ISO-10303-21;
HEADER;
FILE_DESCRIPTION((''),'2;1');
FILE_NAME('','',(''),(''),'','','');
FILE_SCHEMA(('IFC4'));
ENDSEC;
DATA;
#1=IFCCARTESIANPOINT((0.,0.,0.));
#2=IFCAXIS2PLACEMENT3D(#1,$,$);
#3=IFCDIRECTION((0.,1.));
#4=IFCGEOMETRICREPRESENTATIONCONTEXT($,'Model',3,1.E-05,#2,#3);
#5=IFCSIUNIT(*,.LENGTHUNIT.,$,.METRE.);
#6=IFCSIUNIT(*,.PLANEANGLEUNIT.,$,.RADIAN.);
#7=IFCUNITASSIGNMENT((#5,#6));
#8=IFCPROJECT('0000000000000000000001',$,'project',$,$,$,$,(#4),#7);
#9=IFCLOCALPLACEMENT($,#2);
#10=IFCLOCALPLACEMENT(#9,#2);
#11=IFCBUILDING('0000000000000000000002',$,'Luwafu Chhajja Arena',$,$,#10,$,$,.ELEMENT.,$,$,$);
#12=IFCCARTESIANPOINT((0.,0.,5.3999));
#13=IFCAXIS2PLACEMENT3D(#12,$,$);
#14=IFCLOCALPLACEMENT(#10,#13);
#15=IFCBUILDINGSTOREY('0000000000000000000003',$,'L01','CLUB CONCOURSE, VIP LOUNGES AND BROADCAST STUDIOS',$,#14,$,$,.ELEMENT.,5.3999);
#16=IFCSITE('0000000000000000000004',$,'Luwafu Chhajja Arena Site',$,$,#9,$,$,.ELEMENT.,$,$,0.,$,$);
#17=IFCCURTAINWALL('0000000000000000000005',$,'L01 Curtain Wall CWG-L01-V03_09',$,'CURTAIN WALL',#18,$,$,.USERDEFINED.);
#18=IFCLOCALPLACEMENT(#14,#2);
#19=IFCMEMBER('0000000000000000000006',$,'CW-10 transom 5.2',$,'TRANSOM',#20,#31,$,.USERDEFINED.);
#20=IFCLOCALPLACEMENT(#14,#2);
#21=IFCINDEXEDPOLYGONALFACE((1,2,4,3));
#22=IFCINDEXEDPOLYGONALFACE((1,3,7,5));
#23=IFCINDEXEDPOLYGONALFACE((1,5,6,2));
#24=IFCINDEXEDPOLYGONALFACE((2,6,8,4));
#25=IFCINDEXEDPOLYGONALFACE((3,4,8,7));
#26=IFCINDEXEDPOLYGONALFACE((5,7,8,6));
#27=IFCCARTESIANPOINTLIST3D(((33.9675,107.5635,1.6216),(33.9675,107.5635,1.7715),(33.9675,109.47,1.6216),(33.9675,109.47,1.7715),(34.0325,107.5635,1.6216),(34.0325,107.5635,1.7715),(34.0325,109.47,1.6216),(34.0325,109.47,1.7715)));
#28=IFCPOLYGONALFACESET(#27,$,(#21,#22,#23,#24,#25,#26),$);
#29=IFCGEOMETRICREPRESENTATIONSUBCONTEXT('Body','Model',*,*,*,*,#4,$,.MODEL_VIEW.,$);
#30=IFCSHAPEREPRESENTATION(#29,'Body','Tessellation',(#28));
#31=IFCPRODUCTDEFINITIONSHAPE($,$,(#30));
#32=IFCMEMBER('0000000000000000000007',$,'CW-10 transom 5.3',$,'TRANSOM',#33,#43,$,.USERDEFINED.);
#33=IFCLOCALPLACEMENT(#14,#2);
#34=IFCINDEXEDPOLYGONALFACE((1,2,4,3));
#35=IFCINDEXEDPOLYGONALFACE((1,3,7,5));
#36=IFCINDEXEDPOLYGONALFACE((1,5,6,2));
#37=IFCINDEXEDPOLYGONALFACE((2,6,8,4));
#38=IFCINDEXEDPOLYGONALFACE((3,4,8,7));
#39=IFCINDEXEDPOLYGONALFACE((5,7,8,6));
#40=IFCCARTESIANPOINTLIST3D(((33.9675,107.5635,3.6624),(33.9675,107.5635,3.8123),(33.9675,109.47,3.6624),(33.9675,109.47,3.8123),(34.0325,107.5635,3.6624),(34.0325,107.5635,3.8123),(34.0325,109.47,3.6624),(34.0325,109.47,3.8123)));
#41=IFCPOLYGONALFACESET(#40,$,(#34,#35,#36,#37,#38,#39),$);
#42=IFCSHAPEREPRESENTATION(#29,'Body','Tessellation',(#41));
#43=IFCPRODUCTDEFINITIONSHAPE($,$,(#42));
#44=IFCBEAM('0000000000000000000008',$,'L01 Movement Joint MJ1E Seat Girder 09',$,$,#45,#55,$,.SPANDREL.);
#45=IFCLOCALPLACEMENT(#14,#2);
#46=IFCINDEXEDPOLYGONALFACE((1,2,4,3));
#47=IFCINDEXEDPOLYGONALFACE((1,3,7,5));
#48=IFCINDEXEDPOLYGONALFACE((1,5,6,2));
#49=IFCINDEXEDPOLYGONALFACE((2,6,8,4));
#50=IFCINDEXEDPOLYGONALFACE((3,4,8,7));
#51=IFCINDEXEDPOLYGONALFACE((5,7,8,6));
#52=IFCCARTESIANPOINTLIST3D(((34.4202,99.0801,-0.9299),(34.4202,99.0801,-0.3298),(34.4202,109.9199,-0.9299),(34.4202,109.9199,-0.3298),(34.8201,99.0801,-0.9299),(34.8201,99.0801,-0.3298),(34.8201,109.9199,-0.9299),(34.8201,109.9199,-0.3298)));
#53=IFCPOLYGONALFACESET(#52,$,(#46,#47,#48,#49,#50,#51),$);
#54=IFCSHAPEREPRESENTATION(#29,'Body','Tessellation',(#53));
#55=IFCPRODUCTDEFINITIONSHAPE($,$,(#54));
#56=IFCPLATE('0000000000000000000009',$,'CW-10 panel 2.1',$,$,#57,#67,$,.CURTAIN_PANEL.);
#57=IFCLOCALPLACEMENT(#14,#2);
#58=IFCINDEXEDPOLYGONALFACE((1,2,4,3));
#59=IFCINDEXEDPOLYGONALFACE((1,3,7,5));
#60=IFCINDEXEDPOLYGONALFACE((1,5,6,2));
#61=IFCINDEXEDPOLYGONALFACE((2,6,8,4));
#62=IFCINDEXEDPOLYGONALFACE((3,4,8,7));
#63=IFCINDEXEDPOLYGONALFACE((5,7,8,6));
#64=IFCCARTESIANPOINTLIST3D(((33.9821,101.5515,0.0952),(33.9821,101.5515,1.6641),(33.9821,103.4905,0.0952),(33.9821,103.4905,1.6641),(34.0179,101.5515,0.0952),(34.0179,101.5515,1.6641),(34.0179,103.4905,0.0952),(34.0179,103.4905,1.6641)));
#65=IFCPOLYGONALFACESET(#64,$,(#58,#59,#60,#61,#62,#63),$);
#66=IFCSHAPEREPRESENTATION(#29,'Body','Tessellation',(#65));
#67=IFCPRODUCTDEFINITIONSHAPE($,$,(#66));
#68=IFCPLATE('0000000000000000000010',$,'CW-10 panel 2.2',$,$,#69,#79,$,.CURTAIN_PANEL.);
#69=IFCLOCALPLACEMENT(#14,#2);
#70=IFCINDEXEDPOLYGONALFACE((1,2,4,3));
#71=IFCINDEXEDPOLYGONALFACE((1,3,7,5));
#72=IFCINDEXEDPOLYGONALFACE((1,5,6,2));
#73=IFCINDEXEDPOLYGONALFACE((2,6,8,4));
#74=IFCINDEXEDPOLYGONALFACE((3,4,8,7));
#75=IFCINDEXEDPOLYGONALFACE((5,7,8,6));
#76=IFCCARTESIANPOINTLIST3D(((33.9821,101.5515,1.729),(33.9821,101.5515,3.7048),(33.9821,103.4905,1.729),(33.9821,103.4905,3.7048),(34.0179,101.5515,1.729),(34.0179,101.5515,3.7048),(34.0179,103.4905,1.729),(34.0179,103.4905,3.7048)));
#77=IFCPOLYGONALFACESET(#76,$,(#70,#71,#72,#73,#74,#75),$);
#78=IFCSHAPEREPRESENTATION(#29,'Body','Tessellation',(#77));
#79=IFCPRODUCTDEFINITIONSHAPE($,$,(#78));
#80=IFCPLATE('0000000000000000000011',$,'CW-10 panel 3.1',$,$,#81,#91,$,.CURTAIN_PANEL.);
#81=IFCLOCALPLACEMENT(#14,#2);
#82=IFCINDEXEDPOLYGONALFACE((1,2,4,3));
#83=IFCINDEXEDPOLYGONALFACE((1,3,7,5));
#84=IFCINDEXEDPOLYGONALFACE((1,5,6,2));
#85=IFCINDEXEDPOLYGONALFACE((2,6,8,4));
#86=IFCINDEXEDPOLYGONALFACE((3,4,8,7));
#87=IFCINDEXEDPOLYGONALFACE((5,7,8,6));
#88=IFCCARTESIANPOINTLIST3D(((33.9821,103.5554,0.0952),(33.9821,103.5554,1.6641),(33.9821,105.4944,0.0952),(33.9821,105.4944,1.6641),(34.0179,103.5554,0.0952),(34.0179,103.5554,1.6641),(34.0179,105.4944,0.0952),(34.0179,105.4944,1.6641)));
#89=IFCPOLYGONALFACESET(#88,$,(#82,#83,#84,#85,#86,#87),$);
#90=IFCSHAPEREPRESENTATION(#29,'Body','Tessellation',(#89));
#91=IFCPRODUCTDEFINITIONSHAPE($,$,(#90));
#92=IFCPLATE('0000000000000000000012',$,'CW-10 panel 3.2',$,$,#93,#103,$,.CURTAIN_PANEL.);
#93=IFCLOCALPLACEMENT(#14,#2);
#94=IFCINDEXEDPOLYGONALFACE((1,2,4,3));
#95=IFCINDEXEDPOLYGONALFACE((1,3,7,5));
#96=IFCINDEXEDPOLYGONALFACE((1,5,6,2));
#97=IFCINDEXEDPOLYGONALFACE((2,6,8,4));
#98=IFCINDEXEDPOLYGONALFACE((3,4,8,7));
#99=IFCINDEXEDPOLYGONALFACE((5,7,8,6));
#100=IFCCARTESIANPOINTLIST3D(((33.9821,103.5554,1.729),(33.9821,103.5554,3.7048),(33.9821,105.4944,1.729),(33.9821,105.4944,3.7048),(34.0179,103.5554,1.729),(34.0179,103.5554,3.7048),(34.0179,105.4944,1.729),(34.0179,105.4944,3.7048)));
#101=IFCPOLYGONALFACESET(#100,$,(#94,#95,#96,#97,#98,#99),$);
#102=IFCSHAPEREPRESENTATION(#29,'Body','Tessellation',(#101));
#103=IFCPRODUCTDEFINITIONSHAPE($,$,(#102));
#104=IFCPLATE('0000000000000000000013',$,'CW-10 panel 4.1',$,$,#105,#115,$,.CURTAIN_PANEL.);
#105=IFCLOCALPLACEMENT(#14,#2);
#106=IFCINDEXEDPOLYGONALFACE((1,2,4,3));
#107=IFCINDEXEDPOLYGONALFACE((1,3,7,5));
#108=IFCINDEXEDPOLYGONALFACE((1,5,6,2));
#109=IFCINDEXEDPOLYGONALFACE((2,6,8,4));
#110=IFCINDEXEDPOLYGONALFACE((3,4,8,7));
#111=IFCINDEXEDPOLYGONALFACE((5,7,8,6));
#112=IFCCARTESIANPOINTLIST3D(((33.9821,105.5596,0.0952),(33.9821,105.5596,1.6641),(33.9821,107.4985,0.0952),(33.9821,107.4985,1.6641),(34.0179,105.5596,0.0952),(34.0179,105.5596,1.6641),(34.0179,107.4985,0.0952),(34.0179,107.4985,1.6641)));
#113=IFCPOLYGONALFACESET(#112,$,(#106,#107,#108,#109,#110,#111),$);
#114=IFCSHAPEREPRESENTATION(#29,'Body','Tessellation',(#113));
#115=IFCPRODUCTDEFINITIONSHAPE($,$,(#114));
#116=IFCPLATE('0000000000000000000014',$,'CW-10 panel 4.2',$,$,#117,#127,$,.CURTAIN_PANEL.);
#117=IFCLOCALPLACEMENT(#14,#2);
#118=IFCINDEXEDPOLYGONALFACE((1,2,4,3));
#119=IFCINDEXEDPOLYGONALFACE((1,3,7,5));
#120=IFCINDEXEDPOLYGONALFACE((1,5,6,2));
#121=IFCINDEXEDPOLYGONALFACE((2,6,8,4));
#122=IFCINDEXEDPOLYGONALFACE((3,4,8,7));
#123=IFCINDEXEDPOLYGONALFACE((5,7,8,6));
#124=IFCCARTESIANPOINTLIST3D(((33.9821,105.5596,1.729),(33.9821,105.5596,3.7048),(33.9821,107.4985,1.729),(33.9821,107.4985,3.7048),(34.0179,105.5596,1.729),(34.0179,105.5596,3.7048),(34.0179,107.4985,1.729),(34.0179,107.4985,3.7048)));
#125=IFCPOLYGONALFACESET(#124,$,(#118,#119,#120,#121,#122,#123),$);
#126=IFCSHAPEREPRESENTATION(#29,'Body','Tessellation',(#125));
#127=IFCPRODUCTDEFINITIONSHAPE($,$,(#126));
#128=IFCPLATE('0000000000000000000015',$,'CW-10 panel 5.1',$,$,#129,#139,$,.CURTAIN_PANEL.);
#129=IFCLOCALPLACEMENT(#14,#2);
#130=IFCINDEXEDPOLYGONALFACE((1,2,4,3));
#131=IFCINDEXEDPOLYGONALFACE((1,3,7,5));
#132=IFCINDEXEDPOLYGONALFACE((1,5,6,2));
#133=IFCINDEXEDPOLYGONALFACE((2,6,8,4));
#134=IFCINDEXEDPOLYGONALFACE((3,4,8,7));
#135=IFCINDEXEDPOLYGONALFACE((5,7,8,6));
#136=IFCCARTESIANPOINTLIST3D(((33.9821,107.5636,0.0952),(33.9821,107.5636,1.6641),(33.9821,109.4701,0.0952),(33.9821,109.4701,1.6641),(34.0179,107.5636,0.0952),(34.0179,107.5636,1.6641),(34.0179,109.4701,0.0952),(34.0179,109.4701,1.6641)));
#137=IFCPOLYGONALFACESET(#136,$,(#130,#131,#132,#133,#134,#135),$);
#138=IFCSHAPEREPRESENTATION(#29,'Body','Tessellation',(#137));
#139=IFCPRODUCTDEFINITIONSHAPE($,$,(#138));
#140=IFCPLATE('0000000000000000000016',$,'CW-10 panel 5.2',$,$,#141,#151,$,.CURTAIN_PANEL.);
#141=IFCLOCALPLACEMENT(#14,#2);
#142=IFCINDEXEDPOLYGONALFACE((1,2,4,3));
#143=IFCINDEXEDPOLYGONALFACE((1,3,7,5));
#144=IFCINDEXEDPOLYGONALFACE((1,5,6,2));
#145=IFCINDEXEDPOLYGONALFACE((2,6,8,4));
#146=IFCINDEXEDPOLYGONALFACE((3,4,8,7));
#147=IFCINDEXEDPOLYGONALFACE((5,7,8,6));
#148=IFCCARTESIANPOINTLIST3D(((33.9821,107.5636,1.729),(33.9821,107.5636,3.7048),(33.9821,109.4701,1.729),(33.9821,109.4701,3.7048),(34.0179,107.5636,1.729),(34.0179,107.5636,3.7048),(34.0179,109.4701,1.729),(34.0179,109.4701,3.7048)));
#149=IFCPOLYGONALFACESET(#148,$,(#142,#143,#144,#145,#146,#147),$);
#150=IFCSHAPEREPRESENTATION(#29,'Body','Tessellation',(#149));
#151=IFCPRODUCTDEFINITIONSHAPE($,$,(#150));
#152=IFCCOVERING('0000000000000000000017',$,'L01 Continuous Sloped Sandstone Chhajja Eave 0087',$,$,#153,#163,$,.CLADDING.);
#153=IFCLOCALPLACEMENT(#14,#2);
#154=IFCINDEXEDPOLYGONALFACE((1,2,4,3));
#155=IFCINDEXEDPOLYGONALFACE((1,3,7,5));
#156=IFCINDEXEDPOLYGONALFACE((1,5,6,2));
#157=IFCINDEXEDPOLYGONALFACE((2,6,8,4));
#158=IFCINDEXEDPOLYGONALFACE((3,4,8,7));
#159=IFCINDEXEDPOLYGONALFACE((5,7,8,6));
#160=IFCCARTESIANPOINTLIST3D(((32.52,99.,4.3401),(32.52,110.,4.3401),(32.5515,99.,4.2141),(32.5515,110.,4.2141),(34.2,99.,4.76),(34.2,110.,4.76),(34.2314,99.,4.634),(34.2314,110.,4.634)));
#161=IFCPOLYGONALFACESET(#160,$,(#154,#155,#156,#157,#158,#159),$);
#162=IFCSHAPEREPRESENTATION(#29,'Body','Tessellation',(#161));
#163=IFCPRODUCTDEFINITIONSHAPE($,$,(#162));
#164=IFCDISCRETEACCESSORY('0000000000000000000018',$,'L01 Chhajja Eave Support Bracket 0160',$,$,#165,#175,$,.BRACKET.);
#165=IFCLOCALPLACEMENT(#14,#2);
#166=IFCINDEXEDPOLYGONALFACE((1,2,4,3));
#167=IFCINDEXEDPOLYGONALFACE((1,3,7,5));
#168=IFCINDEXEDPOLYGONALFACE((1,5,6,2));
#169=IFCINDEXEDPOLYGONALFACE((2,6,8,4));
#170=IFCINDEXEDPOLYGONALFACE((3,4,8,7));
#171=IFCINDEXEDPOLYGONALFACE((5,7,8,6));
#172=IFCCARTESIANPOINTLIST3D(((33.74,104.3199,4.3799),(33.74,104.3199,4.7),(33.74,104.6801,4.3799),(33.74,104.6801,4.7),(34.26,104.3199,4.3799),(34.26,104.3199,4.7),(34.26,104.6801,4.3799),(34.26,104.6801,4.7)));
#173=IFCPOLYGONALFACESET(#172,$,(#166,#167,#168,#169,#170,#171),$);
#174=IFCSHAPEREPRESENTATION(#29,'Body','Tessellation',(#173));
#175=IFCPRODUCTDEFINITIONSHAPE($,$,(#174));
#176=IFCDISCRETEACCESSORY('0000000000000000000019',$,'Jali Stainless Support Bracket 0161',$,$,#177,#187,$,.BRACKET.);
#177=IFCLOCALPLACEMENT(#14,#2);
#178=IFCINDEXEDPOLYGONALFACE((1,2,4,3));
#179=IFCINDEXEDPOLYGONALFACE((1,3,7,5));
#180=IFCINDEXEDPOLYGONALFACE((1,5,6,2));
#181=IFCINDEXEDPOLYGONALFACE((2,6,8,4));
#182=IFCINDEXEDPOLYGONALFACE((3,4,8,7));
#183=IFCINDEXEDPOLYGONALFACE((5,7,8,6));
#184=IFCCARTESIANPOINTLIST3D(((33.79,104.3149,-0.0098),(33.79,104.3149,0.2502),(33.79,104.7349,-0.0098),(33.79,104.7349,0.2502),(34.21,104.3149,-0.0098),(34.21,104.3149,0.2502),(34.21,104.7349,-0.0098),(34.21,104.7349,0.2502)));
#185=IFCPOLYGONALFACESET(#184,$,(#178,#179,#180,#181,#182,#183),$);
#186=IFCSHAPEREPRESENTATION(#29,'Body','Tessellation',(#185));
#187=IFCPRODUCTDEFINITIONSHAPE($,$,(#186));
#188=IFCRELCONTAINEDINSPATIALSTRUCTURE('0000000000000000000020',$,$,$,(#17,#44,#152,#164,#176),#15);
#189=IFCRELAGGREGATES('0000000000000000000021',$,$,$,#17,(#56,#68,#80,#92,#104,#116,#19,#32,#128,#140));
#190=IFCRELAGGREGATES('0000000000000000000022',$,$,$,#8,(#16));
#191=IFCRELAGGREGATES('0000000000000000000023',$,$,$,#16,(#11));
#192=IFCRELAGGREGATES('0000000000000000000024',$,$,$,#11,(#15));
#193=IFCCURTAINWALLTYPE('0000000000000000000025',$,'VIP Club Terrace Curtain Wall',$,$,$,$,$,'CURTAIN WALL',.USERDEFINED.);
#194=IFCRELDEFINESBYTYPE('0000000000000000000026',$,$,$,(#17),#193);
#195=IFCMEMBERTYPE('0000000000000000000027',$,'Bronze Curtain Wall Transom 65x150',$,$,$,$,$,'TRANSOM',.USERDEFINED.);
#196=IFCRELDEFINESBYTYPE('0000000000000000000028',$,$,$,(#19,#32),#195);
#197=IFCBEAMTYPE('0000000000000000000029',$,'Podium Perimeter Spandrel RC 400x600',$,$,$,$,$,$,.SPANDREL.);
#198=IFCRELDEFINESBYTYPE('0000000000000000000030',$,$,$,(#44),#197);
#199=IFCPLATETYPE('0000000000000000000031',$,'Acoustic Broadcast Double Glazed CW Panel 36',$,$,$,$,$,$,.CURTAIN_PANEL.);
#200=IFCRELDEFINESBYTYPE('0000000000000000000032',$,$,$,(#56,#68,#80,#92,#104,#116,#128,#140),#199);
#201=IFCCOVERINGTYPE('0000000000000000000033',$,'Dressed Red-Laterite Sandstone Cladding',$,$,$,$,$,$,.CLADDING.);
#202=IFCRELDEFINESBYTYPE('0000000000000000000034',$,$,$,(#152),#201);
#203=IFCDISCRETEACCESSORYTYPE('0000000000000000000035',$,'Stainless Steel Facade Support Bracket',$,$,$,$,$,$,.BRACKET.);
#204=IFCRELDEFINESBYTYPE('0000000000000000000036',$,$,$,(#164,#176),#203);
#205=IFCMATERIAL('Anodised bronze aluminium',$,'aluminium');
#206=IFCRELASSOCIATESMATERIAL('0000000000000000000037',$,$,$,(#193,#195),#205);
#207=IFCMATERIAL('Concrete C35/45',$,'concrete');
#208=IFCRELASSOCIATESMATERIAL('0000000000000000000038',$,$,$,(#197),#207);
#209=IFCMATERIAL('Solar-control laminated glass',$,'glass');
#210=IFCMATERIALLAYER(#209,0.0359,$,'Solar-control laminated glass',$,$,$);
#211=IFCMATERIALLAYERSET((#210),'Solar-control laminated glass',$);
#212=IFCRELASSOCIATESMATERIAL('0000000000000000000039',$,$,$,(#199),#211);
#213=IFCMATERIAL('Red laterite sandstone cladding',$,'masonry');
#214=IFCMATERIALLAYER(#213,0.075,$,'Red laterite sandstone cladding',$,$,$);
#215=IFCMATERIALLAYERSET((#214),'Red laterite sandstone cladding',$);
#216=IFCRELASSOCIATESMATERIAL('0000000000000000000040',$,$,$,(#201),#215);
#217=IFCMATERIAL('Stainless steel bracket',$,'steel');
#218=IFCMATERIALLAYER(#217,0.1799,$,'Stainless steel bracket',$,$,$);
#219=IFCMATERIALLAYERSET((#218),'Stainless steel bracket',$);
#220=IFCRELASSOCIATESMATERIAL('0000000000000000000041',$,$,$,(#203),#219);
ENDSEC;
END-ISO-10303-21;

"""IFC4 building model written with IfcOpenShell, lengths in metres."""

from ifc_helpers import new_model, si_unit, direction, frame, origin, origin_2d, place, context, subcontext, project, spatial, polyline, rectangle, outline, extrude, material, layer, layer_set, material_profile, profile_set, type_object, element, aggregate, save


model = new_model("IFC4")

# Units and contexts
model_context = context("Model", 3, precision=1e-05, world=origin(), true_north=direction((0.0, 1.0)))
body_context = subcontext(model_context, "Body", "Model", "MODEL_VIEW")
ifc_project = project(units=[si_unit("LENGTHUNIT", "METRE"), si_unit("PLANEANGLEUNIT", "RADIAN")], contexts=[model_context])

# Site, building, storey
site_placement = place(None, origin())
site = spatial("IfcSite", under=ifc_project, at=site_placement, Name="Luwafu Chhajja Arena Site", CompositionType="ELEMENT", RefElevation=0.0)
building_placement = place(site_placement, origin())
building = spatial("IfcBuilding", under=site, at=building_placement, Name="Luwafu Chhajja Arena", CompositionType="ELEMENT")
storey_placement = place(building_placement, frame((0.0, 0.0, 5.3999)))
storey = spatial("IfcBuildingStorey", under=building, at=storey_placement, Name="L01", Description="CLUB CONCOURSE, VIP LOUNGES AND BROADCAST STUDIOS", CompositionType="ELEMENT", Elevation=5.3999)

# Curtain wall, members
ifc_material_1 = material(Name="Anodised bronze aluminium", Category="aluminium")
curtain_wall_type = type_object("IfcCurtainWallType", Name="VIP Club Terrace Curtain Wall", ElementType="CURTAIN WALL", PredefinedType="USERDEFINED", material=ifc_material_1)
curtain_wall_placement = place(storey_placement, origin())
curtain_wall = element("IfcCurtainWall", 1, at=curtain_wall_placement, inside=storey, type_object=curtain_wall_type, Name="L01 Curtain Wall CWG-L01-V03_09", ObjectType="CURTAIN WALL", PredefinedType="USERDEFINED")
ifc_material_profile_1 = material_profile(ifc_material_1, rectangle(XDim=0.0649, YDim=0.1499, at=origin_2d()), Name="CWT 65x150")
ifc_profile_set_1 = profile_set([ifc_material_profile_1], Name="Anodised bronze aluminium")
member_type_1 = type_object("IfcMemberType", Name="Bronze Curtain Wall Transom 65x150", ElementType="TRANSOM", PredefinedType="USERDEFINED", material=ifc_profile_set_1)
member_1_placement = place(storey_placement, frame((34.0, 107.5635, 1.6965), z_axis=(0.0, 1.0, 0.0), x_axis=(-1.0, 0.0, 0.0)))
member_1 = element("IfcMember", 2, at=member_1_placement, type_object=member_type_1, Name="CW-10 transom 5.2", ObjectType="TRANSOM", PredefinedType="USERDEFINED", context=body_context, shape_type="SweptSolid", body=[
    extrude(rectangle(XDim=0.0649, YDim=0.1499, at=origin_2d()), origin(), (0.0, 0.0, 1.0), 1.9065),
])
member_2_placement = place(storey_placement, frame((34.0, 107.5635, 3.7373), z_axis=(0.0, 1.0, 0.0), x_axis=(-1.0, 0.0, 0.0)))
member_2 = element("IfcMember", 3, at=member_2_placement, type_object=member_type_1, Name="CW-10 transom 5.3", ObjectType="TRANSOM", PredefinedType="USERDEFINED", context=body_context, shape_type="SweptSolid", body=[
    extrude(rectangle(XDim=0.0649, YDim=0.1499, at=origin_2d()), origin(), (0.0, 0.0, 1.0), 1.9065),
])

# Beam
ifc_material_2 = material(Name="Concrete C35/45", Category="concrete")
ifc_material_profile_2 = material_profile(ifc_material_2, rectangle(XDim=0.3999, YDim=0.6001, at=origin_2d()), Name="RC 400x600")
ifc_profile_set_2 = profile_set([ifc_material_profile_2], Name="Concrete C35/45")
beam_type = type_object("IfcBeamType", Name="Podium Perimeter Spandrel RC 400x600", PredefinedType="SPANDREL", material=ifc_profile_set_2)
beam_placement = place(storey_placement, frame((34.6201, 99.0801, -0.6299), z_axis=(0.0, 1.0, 0.0), x_axis=(-1.0, 0.0, 0.0)))
element("IfcBeam", 4, at=beam_placement, inside=storey, type_object=beam_type, Name="L01 Movement Joint MJ1E Seat Girder 09", PredefinedType="SPANDREL", context=body_context, shape_type="SweptSolid", body=[
    extrude(rectangle(XDim=0.3999, YDim=0.6001, at=origin_2d()), origin(), (0.0, 0.0, 1.0), 10.8398),
])

# Plates
ifc_material_3 = material(Name="Solar-control laminated glass", Category="glass")
ifc_layer_1 = layer(ifc_material_3, 0.0359, Name="Solar-control laminated glass")
ifc_layer_set_1 = layer_set([ifc_layer_1], Name="Solar-control laminated glass")
plate_type = type_object("IfcPlateType", Name="Acoustic Broadcast Double Glazed CW Panel 36", PredefinedType="CURTAIN_PANEL", material=ifc_layer_set_1)
plate_1_placement = place(storey_placement, frame((34.0, 102.521, 0.0952), z_axis=(0.0, 0.0, 1.0), x_axis=(0.0, 1.0, 0.0)))
plate_1 = element("IfcPlate", 5, at=plate_1_placement, type_object=plate_type, Name="CW-10 panel 2.1", PredefinedType="CURTAIN_PANEL", context=body_context, shape_type="SweptSolid", body=[
    extrude(rectangle(XDim=1.939, YDim=0.0359, at=origin_2d()), origin(), (0.0, 0.0, 1.0), 1.5688),
])
plate_2_placement = place(storey_placement, frame((34.0, 102.521, 1.729), z_axis=(0.0, 0.0, 1.0), x_axis=(0.0, 1.0, 0.0)))
plate_2 = element("IfcPlate", 6, at=plate_2_placement, type_object=plate_type, Name="CW-10 panel 2.2", PredefinedType="CURTAIN_PANEL", context=body_context, shape_type="SweptSolid", body=[
    extrude(rectangle(XDim=1.939, YDim=0.0359, at=origin_2d()), origin(), (0.0, 0.0, 1.0), 1.9758),
])
plate_3_placement = place(storey_placement, frame((34.0, 104.5249, 0.0952), z_axis=(0.0, 0.0, 1.0), x_axis=(0.0, 1.0, 0.0)))
plate_3 = element("IfcPlate", 7, at=plate_3_placement, type_object=plate_type, Name="CW-10 panel 3.1", PredefinedType="CURTAIN_PANEL", context=body_context, shape_type="SweptSolid", body=[
    extrude(rectangle(XDim=1.939, YDim=0.0359, at=origin_2d()), origin(), (0.0, 0.0, 1.0), 1.5688),
])
plate_4_placement = place(storey_placement, frame((34.0, 104.5249, 1.729), z_axis=(0.0, 0.0, 1.0), x_axis=(0.0, 1.0, 0.0)))
plate_4 = element("IfcPlate", 8, at=plate_4_placement, type_object=plate_type, Name="CW-10 panel 3.2", PredefinedType="CURTAIN_PANEL", context=body_context, shape_type="SweptSolid", body=[
    extrude(rectangle(XDim=1.939, YDim=0.0359, at=origin_2d()), origin(), (0.0, 0.0, 1.0), 1.9758),
])
plate_5_placement = place(storey_placement, frame((34.0, 106.5291, 0.0952), z_axis=(0.0, 0.0, 1.0), x_axis=(0.0, 1.0, 0.0)))
plate_5 = element("IfcPlate", 9, at=plate_5_placement, type_object=plate_type, Name="CW-10 panel 4.1", PredefinedType="CURTAIN_PANEL", context=body_context, shape_type="SweptSolid", body=[
    extrude(rectangle(XDim=1.939, YDim=0.0359, at=origin_2d()), origin(), (0.0, 0.0, 1.0), 1.5688),
])
plate_6_placement = place(storey_placement, frame((34.0, 106.5291, 1.729), z_axis=(0.0, 0.0, 1.0), x_axis=(0.0, 1.0, 0.0)))
plate_6 = element("IfcPlate", 10, at=plate_6_placement, type_object=plate_type, Name="CW-10 panel 4.2", PredefinedType="CURTAIN_PANEL", context=body_context, shape_type="SweptSolid", body=[
    extrude(rectangle(XDim=1.939, YDim=0.0359, at=origin_2d()), origin(), (0.0, 0.0, 1.0), 1.9758),
])
plate_7_placement = place(storey_placement, frame((34.0, 108.5168, 0.0952), z_axis=(0.0, 0.0, 1.0), x_axis=(0.0, 1.0, 0.0)))
plate_7 = element("IfcPlate", 11, at=plate_7_placement, type_object=plate_type, Name="CW-10 panel 5.1", PredefinedType="CURTAIN_PANEL", context=body_context, shape_type="SweptSolid", body=[
    extrude(rectangle(XDim=1.9065, YDim=0.0359, at=origin_2d()), origin(), (0.0, 0.0, 1.0), 1.5688),
])
plate_8_placement = place(storey_placement, frame((34.0, 108.5168, 1.729), z_axis=(0.0, 0.0, 1.0), x_axis=(0.0, 1.0, 0.0)))
plate_8 = element("IfcPlate", 12, at=plate_8_placement, type_object=plate_type, Name="CW-10 panel 5.2", PredefinedType="CURTAIN_PANEL", context=body_context, shape_type="SweptSolid", body=[
    extrude(rectangle(XDim=1.9065, YDim=0.0359, at=origin_2d()), origin(), (0.0, 0.0, 1.0), 1.9758),
])
aggregate(curtain_wall, [plate_1, plate_2, plate_3, plate_4, plate_5, plate_6, member_1, member_2, plate_7, plate_8])

# Covering
ifc_material_4 = material(Name="Red laterite sandstone cladding", Category="masonry")
ifc_layer_2 = layer(ifc_material_4, 0.075, Name="Red laterite sandstone cladding")
ifc_layer_set_2 = layer_set([ifc_layer_2], Name="Red laterite sandstone cladding")
covering_type = type_object("IfcCoveringType", Name="Dressed Red-Laterite Sandstone Cladding", PredefinedType="CLADDING", material=ifc_layer_set_2)
covering_placement = place(storey_placement, frame((34.2, 99.0, 4.76), z_axis=(-0.242502, 0.0, 0.970151), x_axis=(0.0, 1.0, 0.0)))
element("IfcCovering", 13, at=covering_placement, inside=storey, type_object=covering_type, Name="L01 Continuous Sloped Sandstone Chhajja Eave 0087", PredefinedType="CLADDING", context=body_context, shape_type="SweptSolid", body=[
    extrude(outline(polyline([(0.0, 0.0), (11.0, 0.0), (11.0, 1.7316), (0.0, 1.7316), (0.0, 0.0)])), origin(), (0.0, 0.0, -1.0), 0.1299),
])

# Discrete accessories
ifc_material_5 = material(Name="Stainless steel bracket", Category="steel")
ifc_layer_3 = layer(ifc_material_5, 0.1799, Name="Stainless steel bracket")
ifc_layer_set_3 = layer_set([ifc_layer_3], Name="Stainless steel bracket")
discrete_accessory_type = type_object("IfcDiscreteAccessoryType", Name="Stainless Steel Facade Support Bracket", PredefinedType="BRACKET", material=ifc_layer_set_3)
discrete_accessory_1_placement = place(storey_placement, frame((34.0, 104.5, 4.3799), z_axis=(0.0, 0.0, 1.0), x_axis=(0.0, 1.0, 0.0)))
element("IfcDiscreteAccessory", 14, at=discrete_accessory_1_placement, inside=storey, type_object=discrete_accessory_type, Name="L01 Chhajja Eave Support Bracket 0160", PredefinedType="BRACKET", context=body_context, shape_type="SweptSolid", body=[
    extrude(rectangle(XDim=0.3601, YDim=0.52, at=origin_2d()), origin(), (0.0, 0.0, 1.0), 0.3201),
])
discrete_accessory_2_placement = place(storey_placement, frame((34.0, 104.5249, -0.0098), z_axis=(0.0, 0.0, 1.0), x_axis=(0.0, 1.0, 0.0)))
element("IfcDiscreteAccessory", 15, at=discrete_accessory_2_placement, inside=storey, type_object=discrete_accessory_type, Name="Jali Stainless Support Bracket 0161", PredefinedType="BRACKET", context=body_context, shape_type="SweptSolid", body=[
    extrude(rectangle(XDim=0.4199, YDim=0.4199, at=origin_2d()), origin(), (0.0, 0.0, 1.0), 0.26),
])

save(model, "model.ifc")
